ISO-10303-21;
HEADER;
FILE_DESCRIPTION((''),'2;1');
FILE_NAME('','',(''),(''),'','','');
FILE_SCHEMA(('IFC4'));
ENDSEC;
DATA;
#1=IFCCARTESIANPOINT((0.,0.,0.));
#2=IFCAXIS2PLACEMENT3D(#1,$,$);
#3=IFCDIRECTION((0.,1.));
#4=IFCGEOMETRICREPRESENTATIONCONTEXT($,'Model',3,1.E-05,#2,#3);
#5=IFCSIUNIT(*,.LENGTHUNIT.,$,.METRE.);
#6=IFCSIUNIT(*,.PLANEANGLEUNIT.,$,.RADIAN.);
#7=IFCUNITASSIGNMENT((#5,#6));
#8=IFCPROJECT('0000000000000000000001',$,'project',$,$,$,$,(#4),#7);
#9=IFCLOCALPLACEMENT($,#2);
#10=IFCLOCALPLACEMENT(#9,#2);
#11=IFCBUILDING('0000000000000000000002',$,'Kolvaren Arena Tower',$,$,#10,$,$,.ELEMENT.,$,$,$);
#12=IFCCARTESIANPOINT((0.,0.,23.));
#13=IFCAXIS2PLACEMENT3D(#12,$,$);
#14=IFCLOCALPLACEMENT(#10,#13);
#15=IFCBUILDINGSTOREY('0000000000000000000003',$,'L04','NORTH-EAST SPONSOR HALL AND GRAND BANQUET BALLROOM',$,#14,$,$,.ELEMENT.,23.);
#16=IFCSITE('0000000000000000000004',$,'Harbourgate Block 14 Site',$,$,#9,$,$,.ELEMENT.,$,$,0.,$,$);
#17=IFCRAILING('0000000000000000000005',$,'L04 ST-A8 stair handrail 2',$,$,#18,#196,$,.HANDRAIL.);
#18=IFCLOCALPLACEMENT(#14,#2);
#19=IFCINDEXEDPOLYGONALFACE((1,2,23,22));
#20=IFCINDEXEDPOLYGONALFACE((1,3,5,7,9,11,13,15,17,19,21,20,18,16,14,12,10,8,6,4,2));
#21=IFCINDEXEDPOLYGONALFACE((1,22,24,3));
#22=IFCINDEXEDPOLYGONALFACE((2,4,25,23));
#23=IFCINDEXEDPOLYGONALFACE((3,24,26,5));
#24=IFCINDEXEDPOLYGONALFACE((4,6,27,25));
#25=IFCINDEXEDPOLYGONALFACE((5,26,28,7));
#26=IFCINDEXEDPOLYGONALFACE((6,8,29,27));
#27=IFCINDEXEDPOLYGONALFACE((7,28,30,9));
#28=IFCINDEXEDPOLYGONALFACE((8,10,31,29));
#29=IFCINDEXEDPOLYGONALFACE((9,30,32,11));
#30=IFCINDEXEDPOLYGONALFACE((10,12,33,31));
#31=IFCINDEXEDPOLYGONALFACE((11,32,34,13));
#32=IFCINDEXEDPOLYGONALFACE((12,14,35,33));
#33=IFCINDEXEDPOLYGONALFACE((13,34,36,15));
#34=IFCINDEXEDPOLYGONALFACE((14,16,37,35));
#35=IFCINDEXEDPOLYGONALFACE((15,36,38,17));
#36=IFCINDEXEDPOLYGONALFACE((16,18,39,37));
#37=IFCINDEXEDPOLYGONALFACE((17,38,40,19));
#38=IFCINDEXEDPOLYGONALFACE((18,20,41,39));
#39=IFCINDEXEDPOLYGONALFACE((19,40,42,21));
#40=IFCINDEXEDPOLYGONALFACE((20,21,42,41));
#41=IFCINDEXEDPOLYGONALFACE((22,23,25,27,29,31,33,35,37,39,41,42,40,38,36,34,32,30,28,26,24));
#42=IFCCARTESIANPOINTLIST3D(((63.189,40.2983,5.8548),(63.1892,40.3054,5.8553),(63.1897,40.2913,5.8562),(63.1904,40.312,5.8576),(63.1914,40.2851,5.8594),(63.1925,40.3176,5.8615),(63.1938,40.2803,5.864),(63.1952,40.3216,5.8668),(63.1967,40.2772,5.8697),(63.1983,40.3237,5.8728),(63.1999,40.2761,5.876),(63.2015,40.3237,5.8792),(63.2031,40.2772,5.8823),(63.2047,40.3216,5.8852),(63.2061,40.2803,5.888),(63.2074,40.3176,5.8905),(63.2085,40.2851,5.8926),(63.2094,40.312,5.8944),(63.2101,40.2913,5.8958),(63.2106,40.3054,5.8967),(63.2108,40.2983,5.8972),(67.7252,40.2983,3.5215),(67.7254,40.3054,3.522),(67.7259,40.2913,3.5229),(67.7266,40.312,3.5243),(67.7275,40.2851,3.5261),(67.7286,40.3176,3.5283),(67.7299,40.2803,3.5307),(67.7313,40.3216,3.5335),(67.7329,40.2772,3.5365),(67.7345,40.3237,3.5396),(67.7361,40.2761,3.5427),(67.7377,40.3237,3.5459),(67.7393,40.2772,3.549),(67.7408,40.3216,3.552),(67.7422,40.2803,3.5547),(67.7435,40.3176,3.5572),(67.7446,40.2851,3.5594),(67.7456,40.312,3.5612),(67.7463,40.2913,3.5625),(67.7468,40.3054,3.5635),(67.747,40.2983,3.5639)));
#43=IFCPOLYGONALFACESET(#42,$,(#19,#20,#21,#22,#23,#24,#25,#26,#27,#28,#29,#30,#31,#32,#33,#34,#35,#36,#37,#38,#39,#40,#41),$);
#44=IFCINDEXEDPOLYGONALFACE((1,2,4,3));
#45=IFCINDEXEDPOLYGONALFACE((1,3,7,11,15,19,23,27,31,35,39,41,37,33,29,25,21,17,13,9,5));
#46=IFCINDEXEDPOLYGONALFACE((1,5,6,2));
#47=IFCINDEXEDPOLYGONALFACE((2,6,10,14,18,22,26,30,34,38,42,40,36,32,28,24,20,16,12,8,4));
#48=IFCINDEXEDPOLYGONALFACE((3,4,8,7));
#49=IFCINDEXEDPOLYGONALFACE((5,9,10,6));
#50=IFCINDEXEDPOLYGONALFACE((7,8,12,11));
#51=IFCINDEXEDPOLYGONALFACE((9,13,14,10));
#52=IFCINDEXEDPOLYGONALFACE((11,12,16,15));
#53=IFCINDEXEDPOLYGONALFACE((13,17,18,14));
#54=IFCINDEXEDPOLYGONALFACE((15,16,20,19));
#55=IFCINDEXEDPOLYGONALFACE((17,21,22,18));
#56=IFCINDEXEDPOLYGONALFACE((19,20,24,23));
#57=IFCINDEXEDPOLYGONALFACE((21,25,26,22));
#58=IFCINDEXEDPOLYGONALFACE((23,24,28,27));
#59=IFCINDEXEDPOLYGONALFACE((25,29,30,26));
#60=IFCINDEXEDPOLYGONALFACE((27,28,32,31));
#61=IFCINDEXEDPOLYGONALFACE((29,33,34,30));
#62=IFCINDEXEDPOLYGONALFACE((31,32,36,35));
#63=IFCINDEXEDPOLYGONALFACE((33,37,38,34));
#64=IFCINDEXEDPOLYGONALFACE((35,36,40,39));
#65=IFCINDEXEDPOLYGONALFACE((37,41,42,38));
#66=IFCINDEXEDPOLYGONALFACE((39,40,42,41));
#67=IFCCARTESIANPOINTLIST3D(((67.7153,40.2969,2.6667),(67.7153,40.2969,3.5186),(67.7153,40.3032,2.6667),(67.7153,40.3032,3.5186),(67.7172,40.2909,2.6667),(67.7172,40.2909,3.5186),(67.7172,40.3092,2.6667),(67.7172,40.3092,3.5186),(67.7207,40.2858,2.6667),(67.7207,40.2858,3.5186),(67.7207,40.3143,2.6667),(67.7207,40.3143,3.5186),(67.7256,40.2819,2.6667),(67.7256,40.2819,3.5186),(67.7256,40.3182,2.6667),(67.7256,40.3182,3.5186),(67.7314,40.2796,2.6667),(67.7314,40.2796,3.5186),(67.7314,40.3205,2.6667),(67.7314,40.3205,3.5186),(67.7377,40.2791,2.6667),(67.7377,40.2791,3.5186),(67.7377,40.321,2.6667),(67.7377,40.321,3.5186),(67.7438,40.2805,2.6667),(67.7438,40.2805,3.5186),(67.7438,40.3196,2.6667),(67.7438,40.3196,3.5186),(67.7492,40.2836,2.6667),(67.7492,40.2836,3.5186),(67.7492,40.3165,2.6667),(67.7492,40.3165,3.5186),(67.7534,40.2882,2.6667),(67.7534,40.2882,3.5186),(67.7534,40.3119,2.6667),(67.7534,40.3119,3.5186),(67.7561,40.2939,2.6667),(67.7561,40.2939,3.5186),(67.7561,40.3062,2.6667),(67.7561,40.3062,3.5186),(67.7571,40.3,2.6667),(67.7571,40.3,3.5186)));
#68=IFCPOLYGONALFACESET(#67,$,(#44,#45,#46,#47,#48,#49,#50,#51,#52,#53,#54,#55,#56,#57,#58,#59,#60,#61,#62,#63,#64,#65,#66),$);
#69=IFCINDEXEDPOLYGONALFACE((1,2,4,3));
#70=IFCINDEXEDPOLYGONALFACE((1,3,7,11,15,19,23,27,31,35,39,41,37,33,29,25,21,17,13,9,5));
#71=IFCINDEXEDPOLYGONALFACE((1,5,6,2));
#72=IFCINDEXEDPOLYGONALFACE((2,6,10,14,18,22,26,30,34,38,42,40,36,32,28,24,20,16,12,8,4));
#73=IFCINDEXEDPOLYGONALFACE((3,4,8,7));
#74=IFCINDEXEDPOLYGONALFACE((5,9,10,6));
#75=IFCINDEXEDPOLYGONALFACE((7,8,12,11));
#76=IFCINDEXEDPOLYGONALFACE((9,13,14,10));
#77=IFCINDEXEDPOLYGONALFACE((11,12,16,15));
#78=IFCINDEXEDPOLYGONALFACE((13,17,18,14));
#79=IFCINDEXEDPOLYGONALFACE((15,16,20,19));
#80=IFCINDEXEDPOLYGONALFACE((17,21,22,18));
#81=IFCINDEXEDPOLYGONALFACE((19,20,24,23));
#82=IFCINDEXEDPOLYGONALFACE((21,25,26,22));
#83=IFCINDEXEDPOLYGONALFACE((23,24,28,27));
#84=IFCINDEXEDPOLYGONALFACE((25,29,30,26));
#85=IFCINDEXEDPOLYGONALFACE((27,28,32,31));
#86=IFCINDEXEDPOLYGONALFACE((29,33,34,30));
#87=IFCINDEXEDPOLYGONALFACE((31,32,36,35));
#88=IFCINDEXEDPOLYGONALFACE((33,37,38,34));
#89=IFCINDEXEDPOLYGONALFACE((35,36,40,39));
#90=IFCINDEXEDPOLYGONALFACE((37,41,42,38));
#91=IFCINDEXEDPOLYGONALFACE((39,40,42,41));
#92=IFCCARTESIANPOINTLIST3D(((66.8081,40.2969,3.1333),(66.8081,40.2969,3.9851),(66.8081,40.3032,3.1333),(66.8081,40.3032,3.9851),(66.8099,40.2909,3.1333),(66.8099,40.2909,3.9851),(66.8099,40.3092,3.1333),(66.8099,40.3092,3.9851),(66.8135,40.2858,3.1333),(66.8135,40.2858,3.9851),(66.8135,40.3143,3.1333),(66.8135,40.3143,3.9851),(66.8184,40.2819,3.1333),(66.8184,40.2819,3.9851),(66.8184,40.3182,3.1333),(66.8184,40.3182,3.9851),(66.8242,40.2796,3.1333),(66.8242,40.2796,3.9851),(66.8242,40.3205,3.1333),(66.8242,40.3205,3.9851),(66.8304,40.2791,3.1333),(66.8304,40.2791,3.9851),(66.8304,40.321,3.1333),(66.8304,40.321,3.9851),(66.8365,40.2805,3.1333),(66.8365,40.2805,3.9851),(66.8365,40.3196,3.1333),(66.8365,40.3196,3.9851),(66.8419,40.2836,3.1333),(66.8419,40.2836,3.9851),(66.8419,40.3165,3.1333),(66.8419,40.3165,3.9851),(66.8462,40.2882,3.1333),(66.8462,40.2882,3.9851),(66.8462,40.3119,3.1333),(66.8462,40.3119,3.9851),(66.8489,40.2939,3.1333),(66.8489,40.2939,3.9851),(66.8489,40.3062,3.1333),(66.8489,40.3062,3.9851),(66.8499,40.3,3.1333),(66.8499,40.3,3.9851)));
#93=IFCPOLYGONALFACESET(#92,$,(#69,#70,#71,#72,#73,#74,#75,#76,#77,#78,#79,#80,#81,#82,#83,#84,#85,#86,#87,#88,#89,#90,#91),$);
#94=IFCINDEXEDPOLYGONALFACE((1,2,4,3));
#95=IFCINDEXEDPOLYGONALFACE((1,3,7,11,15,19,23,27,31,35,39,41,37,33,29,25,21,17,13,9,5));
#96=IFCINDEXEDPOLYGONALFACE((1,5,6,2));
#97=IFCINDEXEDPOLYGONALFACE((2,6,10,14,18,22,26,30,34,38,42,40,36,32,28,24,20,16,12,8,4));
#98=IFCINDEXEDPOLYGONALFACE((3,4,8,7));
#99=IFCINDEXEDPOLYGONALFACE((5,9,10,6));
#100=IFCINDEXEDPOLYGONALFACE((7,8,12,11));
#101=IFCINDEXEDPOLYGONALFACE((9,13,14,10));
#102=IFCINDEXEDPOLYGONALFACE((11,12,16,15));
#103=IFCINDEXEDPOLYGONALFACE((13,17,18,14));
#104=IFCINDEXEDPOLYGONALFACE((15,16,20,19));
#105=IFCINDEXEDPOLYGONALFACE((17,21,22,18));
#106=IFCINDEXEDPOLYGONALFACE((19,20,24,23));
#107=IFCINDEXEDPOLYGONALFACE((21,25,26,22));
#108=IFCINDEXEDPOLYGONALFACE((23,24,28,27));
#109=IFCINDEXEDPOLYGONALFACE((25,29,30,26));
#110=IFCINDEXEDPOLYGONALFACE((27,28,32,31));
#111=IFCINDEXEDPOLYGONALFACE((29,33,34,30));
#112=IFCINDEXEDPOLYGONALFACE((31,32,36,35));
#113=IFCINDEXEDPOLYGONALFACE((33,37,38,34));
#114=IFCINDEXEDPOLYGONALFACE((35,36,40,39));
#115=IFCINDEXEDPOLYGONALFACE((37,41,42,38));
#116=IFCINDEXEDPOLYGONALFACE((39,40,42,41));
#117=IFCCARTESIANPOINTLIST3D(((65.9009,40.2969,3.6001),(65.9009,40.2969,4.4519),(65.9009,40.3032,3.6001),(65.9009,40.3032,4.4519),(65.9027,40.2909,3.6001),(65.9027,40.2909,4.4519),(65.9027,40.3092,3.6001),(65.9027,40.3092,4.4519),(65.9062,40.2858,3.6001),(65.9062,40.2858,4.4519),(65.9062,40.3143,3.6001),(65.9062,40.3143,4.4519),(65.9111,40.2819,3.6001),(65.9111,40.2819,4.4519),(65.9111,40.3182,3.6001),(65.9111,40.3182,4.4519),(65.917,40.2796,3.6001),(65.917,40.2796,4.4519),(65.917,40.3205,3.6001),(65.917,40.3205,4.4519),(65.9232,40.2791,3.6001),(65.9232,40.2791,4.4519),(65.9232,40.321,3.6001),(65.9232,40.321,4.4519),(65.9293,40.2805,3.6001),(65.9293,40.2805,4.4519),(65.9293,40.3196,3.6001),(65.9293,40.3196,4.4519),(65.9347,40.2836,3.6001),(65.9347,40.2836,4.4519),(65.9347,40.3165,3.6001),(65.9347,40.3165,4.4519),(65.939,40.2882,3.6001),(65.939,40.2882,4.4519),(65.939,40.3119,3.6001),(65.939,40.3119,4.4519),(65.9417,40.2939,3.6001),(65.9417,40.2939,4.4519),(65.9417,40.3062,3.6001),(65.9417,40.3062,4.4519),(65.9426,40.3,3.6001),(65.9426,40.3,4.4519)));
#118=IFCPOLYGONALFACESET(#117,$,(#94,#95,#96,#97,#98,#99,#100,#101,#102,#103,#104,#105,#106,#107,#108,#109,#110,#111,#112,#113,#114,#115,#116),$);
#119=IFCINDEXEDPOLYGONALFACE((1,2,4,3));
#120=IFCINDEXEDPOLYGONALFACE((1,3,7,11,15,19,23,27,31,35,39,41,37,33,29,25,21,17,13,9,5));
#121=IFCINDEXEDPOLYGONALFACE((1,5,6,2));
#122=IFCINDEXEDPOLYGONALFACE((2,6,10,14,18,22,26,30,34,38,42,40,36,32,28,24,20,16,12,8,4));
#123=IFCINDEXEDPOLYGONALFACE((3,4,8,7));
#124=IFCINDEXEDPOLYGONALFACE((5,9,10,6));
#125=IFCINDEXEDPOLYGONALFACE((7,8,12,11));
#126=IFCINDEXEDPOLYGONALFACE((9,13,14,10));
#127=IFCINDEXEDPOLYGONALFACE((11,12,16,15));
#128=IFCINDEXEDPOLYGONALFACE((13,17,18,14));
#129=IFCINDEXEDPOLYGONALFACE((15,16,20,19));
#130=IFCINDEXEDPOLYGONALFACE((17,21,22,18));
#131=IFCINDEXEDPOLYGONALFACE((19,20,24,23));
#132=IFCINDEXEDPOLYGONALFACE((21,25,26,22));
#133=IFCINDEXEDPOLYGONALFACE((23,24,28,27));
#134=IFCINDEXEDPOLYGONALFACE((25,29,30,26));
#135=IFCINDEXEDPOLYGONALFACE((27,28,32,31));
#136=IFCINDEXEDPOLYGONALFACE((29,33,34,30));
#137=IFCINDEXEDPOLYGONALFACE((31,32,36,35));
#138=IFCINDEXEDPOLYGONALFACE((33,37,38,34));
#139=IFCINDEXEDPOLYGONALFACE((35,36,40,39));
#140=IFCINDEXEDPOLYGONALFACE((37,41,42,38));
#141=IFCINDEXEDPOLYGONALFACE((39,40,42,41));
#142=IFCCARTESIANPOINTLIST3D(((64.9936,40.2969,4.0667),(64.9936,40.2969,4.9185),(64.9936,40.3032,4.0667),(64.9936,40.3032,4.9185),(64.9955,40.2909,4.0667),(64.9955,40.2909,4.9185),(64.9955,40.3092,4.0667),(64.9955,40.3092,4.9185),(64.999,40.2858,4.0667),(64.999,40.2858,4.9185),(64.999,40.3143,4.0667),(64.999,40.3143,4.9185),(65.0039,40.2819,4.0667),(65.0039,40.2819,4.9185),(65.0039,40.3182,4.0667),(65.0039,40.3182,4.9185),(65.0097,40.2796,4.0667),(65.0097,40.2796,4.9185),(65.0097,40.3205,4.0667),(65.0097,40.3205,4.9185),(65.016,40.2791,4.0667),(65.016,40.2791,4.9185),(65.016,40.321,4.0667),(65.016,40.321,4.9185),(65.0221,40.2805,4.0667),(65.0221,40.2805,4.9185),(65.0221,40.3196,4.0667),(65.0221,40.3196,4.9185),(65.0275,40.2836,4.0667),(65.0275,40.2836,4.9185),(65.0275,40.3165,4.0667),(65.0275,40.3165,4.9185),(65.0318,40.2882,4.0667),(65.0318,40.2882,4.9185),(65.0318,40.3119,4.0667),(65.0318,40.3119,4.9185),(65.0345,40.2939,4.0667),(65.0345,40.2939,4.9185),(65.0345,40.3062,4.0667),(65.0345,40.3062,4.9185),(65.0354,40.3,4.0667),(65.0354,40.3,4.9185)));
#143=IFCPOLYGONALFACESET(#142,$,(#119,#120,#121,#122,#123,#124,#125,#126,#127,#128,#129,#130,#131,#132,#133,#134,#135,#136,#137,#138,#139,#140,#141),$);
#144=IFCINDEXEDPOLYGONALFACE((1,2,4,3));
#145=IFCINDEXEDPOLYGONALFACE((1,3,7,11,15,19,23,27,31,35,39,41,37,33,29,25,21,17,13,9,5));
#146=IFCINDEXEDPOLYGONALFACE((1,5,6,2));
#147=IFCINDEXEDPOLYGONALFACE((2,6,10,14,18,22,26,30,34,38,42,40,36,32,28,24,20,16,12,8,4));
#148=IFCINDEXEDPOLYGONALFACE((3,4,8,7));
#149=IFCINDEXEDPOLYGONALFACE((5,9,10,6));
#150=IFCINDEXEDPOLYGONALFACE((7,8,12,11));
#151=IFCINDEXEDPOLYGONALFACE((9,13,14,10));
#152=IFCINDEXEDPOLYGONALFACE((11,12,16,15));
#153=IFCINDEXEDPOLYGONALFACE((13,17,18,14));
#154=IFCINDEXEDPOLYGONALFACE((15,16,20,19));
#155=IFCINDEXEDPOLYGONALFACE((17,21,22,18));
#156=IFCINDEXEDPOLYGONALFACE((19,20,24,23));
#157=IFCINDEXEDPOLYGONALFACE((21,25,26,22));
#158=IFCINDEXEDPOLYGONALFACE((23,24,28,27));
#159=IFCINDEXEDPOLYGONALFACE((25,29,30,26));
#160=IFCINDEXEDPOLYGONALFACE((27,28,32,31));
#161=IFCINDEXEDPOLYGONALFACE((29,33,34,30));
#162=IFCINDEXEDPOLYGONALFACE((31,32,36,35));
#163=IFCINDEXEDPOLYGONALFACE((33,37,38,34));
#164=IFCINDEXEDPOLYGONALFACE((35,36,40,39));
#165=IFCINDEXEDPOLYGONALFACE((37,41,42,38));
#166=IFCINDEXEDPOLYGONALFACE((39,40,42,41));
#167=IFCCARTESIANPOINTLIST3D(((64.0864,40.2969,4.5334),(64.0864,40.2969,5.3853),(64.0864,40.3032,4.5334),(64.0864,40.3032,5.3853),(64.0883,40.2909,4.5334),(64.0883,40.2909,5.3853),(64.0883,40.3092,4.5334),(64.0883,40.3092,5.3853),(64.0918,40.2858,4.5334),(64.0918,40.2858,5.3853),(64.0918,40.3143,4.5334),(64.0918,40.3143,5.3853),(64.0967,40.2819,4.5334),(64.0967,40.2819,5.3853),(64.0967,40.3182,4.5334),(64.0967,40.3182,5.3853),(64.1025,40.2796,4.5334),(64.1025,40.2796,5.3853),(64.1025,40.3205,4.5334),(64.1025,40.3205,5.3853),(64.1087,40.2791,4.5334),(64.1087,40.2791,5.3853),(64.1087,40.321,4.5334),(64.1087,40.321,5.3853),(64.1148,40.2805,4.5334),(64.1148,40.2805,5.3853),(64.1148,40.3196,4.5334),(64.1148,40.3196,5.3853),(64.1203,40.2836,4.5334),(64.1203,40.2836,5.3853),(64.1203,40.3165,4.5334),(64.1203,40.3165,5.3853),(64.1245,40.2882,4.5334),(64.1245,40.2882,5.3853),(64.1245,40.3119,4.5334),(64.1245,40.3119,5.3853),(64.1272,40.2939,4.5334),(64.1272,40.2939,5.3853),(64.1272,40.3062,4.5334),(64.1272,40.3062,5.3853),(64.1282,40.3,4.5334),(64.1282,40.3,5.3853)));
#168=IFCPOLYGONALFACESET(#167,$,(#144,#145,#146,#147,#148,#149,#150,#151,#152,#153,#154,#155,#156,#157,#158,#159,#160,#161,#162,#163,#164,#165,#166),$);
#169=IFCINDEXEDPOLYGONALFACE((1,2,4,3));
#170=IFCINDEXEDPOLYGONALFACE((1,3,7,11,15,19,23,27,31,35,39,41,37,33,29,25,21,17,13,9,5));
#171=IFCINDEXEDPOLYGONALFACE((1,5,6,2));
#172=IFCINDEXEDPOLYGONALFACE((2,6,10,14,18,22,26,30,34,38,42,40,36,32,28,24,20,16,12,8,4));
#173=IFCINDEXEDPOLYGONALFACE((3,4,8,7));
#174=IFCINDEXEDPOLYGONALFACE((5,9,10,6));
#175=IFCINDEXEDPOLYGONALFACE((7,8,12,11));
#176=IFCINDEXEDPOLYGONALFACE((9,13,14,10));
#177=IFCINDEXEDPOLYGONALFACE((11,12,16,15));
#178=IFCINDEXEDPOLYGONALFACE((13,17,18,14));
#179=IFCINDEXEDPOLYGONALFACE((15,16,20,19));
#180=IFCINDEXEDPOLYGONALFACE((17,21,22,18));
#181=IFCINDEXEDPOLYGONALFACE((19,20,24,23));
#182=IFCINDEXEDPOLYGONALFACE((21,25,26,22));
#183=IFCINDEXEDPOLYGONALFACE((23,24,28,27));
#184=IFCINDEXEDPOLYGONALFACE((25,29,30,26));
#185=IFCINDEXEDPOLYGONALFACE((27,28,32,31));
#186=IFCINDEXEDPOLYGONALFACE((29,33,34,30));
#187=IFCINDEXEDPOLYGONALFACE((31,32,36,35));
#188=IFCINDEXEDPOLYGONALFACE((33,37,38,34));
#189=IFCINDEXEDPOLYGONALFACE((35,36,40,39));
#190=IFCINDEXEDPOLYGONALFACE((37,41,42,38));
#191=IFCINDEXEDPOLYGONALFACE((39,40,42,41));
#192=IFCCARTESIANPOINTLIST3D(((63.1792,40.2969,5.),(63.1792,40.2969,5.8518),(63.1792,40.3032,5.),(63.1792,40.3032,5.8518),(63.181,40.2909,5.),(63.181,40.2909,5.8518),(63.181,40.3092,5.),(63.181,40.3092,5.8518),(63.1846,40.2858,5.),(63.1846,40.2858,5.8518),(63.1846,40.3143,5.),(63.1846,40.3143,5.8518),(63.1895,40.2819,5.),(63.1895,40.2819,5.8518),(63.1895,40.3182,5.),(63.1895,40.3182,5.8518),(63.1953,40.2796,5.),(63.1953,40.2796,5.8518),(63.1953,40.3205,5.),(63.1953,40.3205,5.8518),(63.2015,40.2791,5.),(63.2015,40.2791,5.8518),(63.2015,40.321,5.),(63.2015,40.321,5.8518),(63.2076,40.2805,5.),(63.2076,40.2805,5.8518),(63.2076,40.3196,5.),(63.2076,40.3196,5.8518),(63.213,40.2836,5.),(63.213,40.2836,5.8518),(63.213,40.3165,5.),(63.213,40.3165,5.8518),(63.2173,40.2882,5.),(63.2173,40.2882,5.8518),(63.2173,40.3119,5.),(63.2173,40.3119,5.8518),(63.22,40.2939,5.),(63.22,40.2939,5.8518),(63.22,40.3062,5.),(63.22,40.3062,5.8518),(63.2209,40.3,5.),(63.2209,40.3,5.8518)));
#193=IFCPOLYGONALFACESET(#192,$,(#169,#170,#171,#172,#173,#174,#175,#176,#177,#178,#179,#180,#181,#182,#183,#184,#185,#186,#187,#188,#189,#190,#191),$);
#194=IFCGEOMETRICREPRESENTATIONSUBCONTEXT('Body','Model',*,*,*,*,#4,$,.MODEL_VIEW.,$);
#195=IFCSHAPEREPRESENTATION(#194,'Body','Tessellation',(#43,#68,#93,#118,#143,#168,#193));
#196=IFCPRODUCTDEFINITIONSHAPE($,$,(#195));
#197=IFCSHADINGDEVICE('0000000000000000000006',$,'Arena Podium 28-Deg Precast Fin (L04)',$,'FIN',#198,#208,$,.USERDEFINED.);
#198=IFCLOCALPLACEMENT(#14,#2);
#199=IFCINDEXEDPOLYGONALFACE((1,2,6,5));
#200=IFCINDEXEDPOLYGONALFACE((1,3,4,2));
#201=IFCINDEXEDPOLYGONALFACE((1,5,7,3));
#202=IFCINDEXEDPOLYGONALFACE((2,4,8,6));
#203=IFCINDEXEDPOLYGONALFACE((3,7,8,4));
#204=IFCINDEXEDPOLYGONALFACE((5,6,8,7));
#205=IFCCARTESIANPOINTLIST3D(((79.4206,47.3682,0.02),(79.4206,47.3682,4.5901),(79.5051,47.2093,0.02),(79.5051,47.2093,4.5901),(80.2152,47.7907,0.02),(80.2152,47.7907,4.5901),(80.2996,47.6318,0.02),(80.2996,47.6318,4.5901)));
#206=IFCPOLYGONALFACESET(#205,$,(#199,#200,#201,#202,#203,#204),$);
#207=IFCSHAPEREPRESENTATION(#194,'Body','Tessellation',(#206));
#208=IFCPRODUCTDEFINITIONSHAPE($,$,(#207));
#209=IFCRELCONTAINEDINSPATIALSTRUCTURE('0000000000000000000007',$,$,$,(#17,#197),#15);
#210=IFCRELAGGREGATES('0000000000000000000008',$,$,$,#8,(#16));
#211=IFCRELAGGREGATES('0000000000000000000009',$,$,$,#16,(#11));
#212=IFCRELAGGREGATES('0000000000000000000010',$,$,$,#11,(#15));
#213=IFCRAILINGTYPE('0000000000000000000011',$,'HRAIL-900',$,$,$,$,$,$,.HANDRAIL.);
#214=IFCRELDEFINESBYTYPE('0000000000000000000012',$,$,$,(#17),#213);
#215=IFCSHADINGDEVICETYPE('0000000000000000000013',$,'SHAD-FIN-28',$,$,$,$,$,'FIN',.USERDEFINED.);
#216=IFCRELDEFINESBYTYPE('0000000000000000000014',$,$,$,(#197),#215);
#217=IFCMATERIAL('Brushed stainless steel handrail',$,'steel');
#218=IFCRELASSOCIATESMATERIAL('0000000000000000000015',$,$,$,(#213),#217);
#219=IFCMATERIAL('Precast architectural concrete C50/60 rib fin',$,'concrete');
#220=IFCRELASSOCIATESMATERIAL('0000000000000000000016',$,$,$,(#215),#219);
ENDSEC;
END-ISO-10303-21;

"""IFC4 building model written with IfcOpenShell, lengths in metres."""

from ifc_helpers import new_model, si_unit, direction, frame, origin, origin_2d, place, context, subcontext, project, spatial, rectangle, circle, extrude, material, type_object, element, save


model = new_model("IFC4")

# Units and contexts
model_context = context("Model", 3, precision=1e-05, world=origin(), true_north=direction((0.0, 1.0)))
body_context = subcontext(model_context, "Body", "Model", "MODEL_VIEW")
ifc_project = project(units=[si_unit("LENGTHUNIT", "METRE"), si_unit("PLANEANGLEUNIT", "RADIAN")], contexts=[model_context])

# Site, building, storey
site_placement = place(None, origin())
site = spatial("IfcSite", under=ifc_project, at=site_placement, Name="Harbourgate Block 14 Site", CompositionType="ELEMENT", RefElevation=0.0)
building_placement = place(site_placement, origin())
building = spatial("IfcBuilding", under=site, at=building_placement, Name="Kolvaren Arena Tower", CompositionType="ELEMENT")
storey_placement = place(building_placement, frame((0.0, 0.0, 23.0)))
storey = spatial("IfcBuildingStorey", under=building, at=storey_placement, Name="L04", Description="NORTH-EAST SPONSOR HALL AND GRAND BANQUET BALLROOM", CompositionType="ELEMENT", Elevation=23.0)

# Railing
ifc_material_1 = material(Name="Brushed stainless steel handrail", Category="steel")
railing_type = type_object("IfcRailingType", Name="HRAIL-900", PredefinedType="HANDRAIL", material=ifc_material_1)
railing_placement = place(storey_placement, frame((67.7361, 40.3, 2.6667)))
element("IfcRailing", 1, at=railing_placement, inside=storey, type_object=railing_type, Name="L04 ST-A8 stair handrail 2", PredefinedType="HANDRAIL", context=body_context, shape_type="SweptSolid", body=[
    extrude(circle(Radius=0.0239, at=origin_2d()), frame((0.0, 0.0, 0.876), z_axis=(-0.889257, 0.0, 0.457407), x_axis=(0.0, -1.0, 0.0)), (0.0, 0.0, 1.0), 5.1011),
    extrude(circle(Radius=0.021, at=origin_2d()), origin(), (0.0, 0.0, 1.0), 0.8518),
    extrude(circle(Radius=0.021, at=origin_2d()), frame((-0.9072, 0.0, 0.4666)), (0.0, 0.0, 1.0), 0.8518),
    extrude(circle(Radius=0.021, at=origin_2d()), frame((-1.8145, 0.0, 0.9333)), (0.0, 0.0, 1.0), 0.8518),
    extrude(circle(Radius=0.021, at=origin_2d()), frame((-2.7217, 0.0, 1.3999)), (0.0, 0.0, 1.0), 0.8518),
    extrude(circle(Radius=0.021, at=origin_2d()), frame((-3.6289, 0.0, 1.8667)), (0.0, 0.0, 1.0), 0.8518),
    extrude(circle(Radius=0.021, at=origin_2d()), frame((-4.5361, 0.0, 2.3333)), (0.0, 0.0, 1.0), 0.8518),
])

# Shading device
ifc_material_2 = material(Name="Precast architectural concrete C50/60 rib fin", Category="concrete")
shading_device_type = type_object("IfcShadingDeviceType", Name="SHAD-FIN-28", ElementType="FIN", PredefinedType="USERDEFINED", material=ifc_material_2)
for number, where, z_axis, x_axis, name in (
    (2, (79.8601, 47.5, 0.02), (0.0, 0.0, 1.0), (0.882948, 0.469472, 0.0), "Arena Podium 28-Deg Precast Fin (L04)"),
):
    element("IfcShadingDevice", number, at=place(storey_placement, frame(where, z_axis=z_axis, x_axis=x_axis)), inside=storey, type_object=shading_device_type, Name=name, ObjectType="FIN", PredefinedType="USERDEFINED", context=body_context, shape_type="SweptSolid", body=[
        extrude(rectangle(XDim=0.8999, YDim=0.1799, at=origin_2d()), origin(), (0.0, 0.0, 1.0), 4.5701),
    ])

save(model, "model.ifc")
